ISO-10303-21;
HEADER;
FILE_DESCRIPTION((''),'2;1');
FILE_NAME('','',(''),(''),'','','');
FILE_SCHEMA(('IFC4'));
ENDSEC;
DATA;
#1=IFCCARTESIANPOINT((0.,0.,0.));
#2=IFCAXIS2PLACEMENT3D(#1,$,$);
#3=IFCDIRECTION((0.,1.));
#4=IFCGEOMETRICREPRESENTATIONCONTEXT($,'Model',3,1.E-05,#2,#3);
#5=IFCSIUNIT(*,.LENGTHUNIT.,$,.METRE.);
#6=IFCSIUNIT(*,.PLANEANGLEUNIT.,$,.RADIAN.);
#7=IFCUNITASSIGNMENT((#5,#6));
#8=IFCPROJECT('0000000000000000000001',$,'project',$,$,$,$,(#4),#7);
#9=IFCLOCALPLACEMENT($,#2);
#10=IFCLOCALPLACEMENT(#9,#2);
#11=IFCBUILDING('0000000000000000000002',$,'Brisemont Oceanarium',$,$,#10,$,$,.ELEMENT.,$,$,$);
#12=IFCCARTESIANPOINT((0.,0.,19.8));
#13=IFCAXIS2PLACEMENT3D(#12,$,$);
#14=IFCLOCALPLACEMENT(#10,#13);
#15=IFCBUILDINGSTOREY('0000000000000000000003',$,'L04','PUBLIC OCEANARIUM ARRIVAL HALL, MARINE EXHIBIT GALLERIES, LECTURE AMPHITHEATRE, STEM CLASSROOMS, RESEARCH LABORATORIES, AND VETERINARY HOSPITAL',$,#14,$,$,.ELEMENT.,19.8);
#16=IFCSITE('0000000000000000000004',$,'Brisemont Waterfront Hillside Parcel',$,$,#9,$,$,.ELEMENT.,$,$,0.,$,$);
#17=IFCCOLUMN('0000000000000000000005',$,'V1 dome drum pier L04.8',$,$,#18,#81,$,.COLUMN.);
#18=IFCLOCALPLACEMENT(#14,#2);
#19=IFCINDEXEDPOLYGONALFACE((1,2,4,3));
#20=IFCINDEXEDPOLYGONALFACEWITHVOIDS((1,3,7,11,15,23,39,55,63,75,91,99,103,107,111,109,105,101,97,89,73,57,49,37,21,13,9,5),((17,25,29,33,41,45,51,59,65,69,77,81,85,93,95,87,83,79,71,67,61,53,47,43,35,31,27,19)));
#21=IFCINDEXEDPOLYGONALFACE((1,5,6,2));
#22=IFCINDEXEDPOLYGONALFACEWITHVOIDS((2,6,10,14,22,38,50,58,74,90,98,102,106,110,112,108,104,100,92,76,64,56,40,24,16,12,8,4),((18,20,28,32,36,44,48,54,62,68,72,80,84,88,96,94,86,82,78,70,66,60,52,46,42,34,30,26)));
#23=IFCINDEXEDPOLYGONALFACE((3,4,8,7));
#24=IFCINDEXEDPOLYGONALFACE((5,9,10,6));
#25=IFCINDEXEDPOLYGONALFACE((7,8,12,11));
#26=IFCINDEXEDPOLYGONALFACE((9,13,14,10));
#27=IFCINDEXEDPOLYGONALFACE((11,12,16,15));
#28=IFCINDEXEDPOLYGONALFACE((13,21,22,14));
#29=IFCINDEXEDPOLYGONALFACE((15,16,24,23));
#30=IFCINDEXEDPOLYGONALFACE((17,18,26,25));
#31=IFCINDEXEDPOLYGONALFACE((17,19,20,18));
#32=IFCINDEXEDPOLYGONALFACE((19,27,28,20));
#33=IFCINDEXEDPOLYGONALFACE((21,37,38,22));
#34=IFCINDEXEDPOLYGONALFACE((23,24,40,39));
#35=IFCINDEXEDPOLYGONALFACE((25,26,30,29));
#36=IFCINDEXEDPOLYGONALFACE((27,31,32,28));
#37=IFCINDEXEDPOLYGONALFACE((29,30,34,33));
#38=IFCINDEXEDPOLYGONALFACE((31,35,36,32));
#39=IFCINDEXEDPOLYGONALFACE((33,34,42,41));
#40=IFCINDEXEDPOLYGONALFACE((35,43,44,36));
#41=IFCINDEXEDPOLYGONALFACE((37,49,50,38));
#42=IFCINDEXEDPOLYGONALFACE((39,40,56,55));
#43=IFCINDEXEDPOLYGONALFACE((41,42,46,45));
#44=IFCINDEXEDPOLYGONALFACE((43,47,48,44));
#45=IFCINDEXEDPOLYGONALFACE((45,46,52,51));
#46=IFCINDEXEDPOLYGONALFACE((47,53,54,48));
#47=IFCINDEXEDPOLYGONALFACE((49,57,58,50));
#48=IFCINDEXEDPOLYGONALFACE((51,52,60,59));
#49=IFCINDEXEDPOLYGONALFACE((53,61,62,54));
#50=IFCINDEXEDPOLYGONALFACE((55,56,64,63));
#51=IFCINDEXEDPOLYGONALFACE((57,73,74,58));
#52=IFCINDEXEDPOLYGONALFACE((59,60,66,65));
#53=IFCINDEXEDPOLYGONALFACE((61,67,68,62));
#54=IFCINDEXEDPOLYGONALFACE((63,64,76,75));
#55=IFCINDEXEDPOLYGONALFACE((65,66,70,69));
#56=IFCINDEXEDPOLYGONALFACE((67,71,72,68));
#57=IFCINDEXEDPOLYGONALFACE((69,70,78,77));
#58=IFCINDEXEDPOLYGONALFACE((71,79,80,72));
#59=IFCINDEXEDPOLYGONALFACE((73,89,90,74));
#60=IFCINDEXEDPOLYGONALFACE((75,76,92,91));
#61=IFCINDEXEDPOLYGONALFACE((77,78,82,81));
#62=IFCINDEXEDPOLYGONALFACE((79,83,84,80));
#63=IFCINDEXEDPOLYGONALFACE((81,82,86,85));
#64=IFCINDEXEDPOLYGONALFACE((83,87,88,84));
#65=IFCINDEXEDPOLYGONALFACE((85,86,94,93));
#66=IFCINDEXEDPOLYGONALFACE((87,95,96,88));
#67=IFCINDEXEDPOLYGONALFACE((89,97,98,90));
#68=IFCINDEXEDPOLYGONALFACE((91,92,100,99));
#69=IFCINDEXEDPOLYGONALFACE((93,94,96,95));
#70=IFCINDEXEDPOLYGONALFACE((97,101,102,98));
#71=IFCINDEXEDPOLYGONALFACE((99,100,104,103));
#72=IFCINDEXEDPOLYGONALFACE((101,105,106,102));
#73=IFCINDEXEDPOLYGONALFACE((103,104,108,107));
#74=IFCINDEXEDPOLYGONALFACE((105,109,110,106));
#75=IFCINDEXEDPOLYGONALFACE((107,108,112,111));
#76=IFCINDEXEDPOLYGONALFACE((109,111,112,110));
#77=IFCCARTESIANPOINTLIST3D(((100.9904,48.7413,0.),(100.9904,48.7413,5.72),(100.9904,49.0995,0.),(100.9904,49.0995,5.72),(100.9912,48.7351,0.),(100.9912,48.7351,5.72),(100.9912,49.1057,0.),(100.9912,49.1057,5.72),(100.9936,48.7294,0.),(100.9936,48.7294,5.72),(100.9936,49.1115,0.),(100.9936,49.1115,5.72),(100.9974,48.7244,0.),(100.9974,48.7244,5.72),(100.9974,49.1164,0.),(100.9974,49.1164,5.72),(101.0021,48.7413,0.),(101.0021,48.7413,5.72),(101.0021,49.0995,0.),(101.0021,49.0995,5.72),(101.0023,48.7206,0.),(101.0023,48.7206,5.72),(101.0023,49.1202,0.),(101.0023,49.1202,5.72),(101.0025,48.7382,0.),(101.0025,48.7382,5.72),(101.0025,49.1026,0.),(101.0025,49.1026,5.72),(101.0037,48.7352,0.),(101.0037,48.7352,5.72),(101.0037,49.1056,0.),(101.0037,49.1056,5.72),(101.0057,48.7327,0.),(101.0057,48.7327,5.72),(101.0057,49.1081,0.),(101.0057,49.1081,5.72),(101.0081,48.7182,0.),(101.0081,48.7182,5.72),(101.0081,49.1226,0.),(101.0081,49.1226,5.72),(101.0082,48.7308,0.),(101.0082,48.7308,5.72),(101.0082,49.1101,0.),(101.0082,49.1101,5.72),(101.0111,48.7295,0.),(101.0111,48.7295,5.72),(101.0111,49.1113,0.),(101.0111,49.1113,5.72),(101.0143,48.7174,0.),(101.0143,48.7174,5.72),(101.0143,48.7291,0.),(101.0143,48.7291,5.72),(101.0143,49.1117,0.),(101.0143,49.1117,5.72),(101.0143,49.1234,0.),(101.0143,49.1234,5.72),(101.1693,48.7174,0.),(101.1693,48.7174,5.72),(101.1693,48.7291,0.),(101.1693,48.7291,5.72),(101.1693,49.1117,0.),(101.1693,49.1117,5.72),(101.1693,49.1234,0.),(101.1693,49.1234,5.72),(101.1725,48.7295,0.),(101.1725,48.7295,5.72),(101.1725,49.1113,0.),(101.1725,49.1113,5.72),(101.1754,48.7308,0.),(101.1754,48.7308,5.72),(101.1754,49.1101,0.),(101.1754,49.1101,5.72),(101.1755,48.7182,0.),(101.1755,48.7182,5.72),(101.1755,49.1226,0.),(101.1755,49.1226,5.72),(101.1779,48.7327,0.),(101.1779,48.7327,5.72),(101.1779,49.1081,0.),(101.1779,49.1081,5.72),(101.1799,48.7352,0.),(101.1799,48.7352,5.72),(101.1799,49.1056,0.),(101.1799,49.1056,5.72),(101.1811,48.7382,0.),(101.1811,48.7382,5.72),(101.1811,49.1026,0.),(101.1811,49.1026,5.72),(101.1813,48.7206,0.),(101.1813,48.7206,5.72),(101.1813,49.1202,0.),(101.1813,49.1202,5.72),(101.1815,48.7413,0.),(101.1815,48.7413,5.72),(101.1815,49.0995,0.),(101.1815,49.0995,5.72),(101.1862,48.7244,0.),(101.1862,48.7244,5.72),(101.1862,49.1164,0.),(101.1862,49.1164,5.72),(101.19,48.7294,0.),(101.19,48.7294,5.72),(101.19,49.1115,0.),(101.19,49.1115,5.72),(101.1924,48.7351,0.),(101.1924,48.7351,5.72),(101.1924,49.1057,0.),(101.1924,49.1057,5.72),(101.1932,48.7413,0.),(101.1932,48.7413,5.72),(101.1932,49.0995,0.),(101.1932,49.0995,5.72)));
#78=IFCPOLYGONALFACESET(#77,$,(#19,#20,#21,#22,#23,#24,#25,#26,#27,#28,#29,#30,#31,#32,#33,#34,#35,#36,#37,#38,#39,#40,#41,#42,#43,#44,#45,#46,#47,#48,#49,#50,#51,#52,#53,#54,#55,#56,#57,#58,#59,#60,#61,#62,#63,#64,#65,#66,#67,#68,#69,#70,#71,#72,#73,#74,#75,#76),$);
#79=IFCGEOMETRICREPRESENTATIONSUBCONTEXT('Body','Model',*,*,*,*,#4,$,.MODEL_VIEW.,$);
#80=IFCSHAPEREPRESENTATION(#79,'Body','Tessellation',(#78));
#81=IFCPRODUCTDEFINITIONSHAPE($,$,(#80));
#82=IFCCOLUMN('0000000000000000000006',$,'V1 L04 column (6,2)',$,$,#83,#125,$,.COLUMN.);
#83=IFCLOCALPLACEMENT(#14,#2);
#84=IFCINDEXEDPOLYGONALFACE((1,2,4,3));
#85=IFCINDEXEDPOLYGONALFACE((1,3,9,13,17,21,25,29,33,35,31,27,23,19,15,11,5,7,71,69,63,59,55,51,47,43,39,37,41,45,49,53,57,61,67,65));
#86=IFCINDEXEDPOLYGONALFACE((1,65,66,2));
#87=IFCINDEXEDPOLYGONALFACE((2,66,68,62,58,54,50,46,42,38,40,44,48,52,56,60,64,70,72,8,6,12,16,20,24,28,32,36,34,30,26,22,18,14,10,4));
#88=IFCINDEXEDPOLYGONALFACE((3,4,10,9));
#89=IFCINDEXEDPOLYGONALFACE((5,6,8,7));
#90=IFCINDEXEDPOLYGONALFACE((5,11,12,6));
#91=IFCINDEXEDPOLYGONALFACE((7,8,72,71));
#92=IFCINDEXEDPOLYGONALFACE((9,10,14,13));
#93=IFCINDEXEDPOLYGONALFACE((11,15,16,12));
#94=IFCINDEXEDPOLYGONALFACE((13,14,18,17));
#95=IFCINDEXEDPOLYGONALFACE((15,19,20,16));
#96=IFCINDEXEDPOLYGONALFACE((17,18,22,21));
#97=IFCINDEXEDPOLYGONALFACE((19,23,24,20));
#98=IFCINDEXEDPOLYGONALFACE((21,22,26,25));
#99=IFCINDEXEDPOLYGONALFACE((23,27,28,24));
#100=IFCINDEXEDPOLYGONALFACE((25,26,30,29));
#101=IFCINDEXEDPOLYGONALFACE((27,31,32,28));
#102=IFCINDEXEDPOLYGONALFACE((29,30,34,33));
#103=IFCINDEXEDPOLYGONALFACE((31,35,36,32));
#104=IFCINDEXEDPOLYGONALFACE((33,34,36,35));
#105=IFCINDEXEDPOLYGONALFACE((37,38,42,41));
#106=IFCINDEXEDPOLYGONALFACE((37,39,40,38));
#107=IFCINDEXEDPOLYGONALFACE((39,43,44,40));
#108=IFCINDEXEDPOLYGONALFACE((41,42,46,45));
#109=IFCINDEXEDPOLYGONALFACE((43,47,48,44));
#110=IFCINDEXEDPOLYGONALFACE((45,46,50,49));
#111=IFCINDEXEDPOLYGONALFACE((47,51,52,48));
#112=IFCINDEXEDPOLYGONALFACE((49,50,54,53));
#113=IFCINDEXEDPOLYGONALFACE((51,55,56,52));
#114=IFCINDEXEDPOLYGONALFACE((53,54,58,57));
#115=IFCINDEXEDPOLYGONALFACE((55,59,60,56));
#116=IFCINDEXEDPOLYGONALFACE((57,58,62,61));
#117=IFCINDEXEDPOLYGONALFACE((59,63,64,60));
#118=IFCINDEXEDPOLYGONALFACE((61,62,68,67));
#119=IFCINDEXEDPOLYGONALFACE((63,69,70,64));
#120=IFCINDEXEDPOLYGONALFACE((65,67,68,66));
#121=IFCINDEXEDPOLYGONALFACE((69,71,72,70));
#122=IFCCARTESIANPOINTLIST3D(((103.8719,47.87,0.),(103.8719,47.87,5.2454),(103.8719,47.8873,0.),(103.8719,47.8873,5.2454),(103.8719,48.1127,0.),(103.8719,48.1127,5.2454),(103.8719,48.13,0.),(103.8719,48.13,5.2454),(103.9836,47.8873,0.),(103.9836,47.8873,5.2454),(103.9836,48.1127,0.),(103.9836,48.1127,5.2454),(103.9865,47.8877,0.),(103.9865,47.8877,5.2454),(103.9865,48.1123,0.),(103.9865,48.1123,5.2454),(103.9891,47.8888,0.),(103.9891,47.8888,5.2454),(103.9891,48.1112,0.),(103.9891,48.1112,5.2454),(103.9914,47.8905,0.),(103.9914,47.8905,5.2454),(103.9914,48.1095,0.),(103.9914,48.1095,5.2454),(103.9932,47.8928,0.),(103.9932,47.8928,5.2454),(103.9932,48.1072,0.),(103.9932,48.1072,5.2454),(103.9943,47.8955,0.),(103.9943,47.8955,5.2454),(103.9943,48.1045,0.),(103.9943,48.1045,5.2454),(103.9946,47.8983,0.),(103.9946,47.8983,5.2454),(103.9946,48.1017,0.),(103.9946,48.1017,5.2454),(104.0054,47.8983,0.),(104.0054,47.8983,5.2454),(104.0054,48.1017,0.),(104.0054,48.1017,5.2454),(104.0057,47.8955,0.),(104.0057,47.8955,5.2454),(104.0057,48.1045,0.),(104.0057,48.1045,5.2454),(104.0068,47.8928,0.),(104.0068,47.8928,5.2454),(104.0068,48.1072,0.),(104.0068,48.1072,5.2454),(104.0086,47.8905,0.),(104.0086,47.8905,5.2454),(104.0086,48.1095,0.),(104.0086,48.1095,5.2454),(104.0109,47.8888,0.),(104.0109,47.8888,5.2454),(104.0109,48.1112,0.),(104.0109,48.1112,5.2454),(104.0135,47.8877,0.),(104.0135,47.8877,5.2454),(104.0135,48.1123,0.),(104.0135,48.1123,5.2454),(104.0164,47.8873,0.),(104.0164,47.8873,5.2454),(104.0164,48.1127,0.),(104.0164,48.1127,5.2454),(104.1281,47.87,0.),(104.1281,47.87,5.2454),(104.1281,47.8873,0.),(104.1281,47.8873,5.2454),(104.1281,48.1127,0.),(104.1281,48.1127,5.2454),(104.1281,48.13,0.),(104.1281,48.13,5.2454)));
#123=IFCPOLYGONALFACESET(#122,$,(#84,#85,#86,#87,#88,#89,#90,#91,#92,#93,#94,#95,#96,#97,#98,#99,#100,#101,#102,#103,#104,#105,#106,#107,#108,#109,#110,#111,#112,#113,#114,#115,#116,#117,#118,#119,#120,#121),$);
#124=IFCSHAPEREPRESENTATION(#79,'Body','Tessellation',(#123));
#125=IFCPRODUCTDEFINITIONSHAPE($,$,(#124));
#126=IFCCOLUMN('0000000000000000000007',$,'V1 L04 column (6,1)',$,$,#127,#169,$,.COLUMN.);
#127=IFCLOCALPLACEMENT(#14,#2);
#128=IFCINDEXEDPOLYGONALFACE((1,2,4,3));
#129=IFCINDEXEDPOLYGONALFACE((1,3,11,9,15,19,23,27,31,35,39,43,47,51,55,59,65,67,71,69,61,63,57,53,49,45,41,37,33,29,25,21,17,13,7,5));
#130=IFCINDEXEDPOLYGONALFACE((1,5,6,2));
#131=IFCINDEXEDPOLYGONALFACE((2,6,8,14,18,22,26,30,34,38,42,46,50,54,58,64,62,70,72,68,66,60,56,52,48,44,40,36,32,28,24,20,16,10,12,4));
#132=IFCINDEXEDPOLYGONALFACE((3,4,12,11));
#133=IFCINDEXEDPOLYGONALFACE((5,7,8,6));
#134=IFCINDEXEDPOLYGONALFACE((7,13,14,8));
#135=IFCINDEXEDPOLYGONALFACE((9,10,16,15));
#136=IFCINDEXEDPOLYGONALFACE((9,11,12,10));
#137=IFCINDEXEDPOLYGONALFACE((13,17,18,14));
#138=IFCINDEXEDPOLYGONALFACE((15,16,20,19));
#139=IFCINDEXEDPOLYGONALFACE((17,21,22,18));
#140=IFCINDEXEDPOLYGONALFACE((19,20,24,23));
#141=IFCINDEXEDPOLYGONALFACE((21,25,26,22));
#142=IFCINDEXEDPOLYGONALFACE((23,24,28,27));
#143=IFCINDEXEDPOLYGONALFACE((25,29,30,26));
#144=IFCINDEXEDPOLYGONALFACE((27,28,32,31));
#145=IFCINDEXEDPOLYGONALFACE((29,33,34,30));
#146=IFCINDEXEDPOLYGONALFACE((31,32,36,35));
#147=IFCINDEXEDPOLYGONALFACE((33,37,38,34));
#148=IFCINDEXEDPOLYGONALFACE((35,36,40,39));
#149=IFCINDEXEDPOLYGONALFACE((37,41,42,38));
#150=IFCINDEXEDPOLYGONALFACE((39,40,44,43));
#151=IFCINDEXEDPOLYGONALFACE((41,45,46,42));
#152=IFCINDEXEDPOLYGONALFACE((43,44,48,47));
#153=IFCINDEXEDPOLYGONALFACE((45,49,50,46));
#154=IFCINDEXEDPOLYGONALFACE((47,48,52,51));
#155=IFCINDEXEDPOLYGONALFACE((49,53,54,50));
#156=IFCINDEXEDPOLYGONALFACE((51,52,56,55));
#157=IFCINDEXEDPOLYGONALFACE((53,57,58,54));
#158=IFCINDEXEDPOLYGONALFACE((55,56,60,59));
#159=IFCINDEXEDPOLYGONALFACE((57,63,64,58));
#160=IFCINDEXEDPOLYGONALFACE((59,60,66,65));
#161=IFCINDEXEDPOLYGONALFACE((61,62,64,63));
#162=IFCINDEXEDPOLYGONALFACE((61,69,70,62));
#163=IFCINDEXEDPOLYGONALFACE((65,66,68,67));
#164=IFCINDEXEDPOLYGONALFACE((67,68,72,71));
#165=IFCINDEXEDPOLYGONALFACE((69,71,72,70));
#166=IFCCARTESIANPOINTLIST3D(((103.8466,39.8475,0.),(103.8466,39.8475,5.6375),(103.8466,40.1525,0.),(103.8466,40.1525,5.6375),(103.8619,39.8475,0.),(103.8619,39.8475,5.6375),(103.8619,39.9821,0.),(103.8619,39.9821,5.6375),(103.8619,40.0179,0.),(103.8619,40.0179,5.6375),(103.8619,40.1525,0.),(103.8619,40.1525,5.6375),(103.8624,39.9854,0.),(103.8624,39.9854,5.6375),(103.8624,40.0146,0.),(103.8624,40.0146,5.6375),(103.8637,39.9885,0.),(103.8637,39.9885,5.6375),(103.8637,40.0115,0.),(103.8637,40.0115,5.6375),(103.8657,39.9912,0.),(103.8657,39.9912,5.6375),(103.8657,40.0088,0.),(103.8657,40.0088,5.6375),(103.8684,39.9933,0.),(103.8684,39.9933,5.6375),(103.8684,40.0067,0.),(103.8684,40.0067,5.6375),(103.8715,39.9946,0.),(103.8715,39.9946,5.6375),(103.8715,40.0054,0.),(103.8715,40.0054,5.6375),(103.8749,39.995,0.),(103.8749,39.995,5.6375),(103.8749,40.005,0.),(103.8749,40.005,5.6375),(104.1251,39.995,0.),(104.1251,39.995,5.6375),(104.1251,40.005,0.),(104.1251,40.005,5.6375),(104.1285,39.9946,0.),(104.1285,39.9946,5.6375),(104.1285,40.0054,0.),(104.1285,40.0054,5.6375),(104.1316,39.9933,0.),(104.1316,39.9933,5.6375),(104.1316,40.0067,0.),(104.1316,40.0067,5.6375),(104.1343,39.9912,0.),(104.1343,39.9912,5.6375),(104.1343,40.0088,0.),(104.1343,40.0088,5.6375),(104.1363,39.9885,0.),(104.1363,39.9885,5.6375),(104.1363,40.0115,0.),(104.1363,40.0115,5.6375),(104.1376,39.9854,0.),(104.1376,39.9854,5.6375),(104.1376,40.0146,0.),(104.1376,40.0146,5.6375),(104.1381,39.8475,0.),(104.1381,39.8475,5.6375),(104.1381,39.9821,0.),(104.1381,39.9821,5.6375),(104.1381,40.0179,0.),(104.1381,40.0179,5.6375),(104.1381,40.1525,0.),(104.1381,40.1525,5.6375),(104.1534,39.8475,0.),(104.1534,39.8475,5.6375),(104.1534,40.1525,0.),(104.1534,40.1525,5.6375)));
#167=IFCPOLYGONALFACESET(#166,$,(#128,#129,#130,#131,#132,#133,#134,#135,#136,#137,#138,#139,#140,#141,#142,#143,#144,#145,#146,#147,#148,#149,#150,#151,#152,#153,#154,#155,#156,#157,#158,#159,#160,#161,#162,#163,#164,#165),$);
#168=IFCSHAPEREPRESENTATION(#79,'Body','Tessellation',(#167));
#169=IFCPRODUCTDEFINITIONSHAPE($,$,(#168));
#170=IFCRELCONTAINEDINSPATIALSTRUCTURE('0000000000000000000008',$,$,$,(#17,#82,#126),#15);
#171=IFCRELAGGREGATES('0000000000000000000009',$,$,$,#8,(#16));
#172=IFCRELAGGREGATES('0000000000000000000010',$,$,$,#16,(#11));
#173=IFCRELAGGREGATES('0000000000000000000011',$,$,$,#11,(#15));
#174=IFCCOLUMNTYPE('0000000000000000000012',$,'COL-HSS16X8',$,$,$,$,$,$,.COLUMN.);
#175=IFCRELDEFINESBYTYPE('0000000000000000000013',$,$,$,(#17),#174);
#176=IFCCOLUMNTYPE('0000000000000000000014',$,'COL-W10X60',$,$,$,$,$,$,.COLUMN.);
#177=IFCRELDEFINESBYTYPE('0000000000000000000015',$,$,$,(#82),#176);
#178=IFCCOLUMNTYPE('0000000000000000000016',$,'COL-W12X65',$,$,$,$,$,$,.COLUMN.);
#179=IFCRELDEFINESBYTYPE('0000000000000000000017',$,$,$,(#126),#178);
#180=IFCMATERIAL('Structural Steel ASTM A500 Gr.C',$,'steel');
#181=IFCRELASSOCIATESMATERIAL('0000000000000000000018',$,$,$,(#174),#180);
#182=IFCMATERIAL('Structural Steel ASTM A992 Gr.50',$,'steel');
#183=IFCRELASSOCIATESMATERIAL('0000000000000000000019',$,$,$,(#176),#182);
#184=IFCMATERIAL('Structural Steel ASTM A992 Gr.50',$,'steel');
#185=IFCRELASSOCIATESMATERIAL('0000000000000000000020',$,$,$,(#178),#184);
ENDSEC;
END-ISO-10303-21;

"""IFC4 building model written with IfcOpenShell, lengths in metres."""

from ifc_helpers import new_model, si_unit, direction, frame, origin, origin_2d, place, context, subcontext, project, spatial, hollow_rectangle, i_section, extrude, material, material_profile, profile_set, type_object, element, save


model = new_model("IFC4")

# Units and contexts
model_context = context("Model", 3, precision=1e-05, world=origin(), true_north=direction((0.0, 1.0)))
body_context = subcontext(model_context, "Body", "Model", "MODEL_VIEW")
ifc_project = project(units=[si_unit("LENGTHUNIT", "METRE"), si_unit("PLANEANGLEUNIT", "RADIAN")], contexts=[model_context])

# Site, building, storey
site_placement = place(None, origin())
site = spatial("IfcSite", under=ifc_project, at=site_placement, Name="Brisemont Waterfront Hillside Parcel", CompositionType="ELEMENT", RefElevation=0.0)
building_placement = place(site_placement, origin())
building = spatial("IfcBuilding", under=site, at=building_placement, Name="Brisemont Oceanarium", CompositionType="ELEMENT")
storey_placement = place(building_placement, frame((0.0, 0.0, 19.8)))
storey = spatial("IfcBuildingStorey", under=building, at=storey_placement, Name="L04", Description="PUBLIC OCEANARIUM ARRIVAL HALL, MARINE EXHIBIT GALLERIES, LECTURE AMPHITHEATRE, STEM CLASSROOMS, RESEARCH LABORATORIES, AND VETERINARY HOSPITAL", CompositionType="ELEMENT", Elevation=19.8)

# Columns
ifc_material_1 = material(Name="Structural Steel ASTM A500 Gr.C", Category="steel")
ifc_material_profile_1 = material_profile(ifc_material_1, hollow_rectangle(XDim=0.2029, YDim=0.406, WallThickness=0.0117, InnerFilletRadius=0.0122, OuterFilletRadius=0.0239, at=origin_2d()), Name="HSS16X8X1/2")
ifc_profile_set_1 = profile_set([ifc_material_profile_1], Name="Structural Steel ASTM A500 Gr.C")
column_type_1 = type_object("IfcColumnType", Name="COL-HSS16X8", PredefinedType="COLUMN", material=ifc_profile_set_1)
column_1_placement = place(storey_placement, frame((101.0918, 48.9204, 0.0), z_axis=(0.0, 0.0, 1.0), x_axis=(1.0, 0.0, 0.0)))
element("IfcColumn", 1, at=column_1_placement, inside=storey, type_object=column_type_1, Name="V1 dome drum pier L04.8", PredefinedType="COLUMN", context=body_context, shape_type="SweptSolid", body=[
    extrude(hollow_rectangle(XDim=0.2029, YDim=0.406, WallThickness=0.0117, InnerFilletRadius=0.0122, OuterFilletRadius=0.0239, at=origin_2d()), origin(), (0.0, 0.0, 1.0), 5.72),
])
ifc_material_2 = material(Name="Structural Steel ASTM A992 Gr.50", Category="steel")
ifc_material_profile_2 = material_profile(ifc_material_2, i_section(OverallWidth=0.2561, OverallDepth=0.26, WebThickness=0.0107, FlangeThickness=0.0173, FilletRadius=0.011, at=origin_2d()), Name="W10X60")
ifc_profile_set_2 = profile_set([ifc_material_profile_2], Name="Structural Steel ASTM A992 Gr.50")
column_type_2 = type_object("IfcColumnType", Name="COL-W10X60", PredefinedType="COLUMN", material=ifc_profile_set_2)
column_2_placement = place(storey_placement, frame((104.0, 48.0, 0.0), z_axis=(0.0, 0.0, 1.0), x_axis=(1.0, 0.0, 0.0)))
element("IfcColumn", 2, at=column_2_placement, inside=storey, type_object=column_type_2, Name="V1 L04 column (6,2)", PredefinedType="COLUMN", context=body_context, shape_type="SweptSolid", body=[
    extrude(i_section(OverallWidth=0.2561, OverallDepth=0.26, WebThickness=0.0107, FlangeThickness=0.0173, FilletRadius=0.011, at=origin_2d()), origin(), (0.0, 0.0, 1.0), 5.2454),
])
ifc_material_3 = material(Name="Structural Steel ASTM A992 Gr.50", Category="steel")
ifc_material_profile_3 = material_profile(ifc_material_3, i_section(OverallWidth=0.3049, OverallDepth=0.3069, WebThickness=0.01, FlangeThickness=0.0154, FilletRadius=0.0129, at=origin_2d()), Name="W12X65")
ifc_profile_set_3 = profile_set([ifc_material_profile_3], Name="Structural Steel ASTM A992 Gr.50")
column_type_3 = type_object("IfcColumnType", Name="COL-W12X65", PredefinedType="COLUMN", material=ifc_profile_set_3)
column_3_placement = place(storey_placement, frame((104.0, 40.0, 0.0), z_axis=(0.0, 0.0, 1.0), x_axis=(0.0, 1.0, 0.0)))
element("IfcColumn", 3, at=column_3_placement, inside=storey, type_object=column_type_3, Name="V1 L04 column (6,1)", PredefinedType="COLUMN", context=body_context, shape_type="SweptSolid", body=[
    extrude(i_section(OverallWidth=0.3049, OverallDepth=0.3069, WebThickness=0.01, FlangeThickness=0.0154, FilletRadius=0.0129, at=origin_2d()), origin(), (0.0, 0.0, 1.0), 5.6375),
])

save(model, "model.ifc")
